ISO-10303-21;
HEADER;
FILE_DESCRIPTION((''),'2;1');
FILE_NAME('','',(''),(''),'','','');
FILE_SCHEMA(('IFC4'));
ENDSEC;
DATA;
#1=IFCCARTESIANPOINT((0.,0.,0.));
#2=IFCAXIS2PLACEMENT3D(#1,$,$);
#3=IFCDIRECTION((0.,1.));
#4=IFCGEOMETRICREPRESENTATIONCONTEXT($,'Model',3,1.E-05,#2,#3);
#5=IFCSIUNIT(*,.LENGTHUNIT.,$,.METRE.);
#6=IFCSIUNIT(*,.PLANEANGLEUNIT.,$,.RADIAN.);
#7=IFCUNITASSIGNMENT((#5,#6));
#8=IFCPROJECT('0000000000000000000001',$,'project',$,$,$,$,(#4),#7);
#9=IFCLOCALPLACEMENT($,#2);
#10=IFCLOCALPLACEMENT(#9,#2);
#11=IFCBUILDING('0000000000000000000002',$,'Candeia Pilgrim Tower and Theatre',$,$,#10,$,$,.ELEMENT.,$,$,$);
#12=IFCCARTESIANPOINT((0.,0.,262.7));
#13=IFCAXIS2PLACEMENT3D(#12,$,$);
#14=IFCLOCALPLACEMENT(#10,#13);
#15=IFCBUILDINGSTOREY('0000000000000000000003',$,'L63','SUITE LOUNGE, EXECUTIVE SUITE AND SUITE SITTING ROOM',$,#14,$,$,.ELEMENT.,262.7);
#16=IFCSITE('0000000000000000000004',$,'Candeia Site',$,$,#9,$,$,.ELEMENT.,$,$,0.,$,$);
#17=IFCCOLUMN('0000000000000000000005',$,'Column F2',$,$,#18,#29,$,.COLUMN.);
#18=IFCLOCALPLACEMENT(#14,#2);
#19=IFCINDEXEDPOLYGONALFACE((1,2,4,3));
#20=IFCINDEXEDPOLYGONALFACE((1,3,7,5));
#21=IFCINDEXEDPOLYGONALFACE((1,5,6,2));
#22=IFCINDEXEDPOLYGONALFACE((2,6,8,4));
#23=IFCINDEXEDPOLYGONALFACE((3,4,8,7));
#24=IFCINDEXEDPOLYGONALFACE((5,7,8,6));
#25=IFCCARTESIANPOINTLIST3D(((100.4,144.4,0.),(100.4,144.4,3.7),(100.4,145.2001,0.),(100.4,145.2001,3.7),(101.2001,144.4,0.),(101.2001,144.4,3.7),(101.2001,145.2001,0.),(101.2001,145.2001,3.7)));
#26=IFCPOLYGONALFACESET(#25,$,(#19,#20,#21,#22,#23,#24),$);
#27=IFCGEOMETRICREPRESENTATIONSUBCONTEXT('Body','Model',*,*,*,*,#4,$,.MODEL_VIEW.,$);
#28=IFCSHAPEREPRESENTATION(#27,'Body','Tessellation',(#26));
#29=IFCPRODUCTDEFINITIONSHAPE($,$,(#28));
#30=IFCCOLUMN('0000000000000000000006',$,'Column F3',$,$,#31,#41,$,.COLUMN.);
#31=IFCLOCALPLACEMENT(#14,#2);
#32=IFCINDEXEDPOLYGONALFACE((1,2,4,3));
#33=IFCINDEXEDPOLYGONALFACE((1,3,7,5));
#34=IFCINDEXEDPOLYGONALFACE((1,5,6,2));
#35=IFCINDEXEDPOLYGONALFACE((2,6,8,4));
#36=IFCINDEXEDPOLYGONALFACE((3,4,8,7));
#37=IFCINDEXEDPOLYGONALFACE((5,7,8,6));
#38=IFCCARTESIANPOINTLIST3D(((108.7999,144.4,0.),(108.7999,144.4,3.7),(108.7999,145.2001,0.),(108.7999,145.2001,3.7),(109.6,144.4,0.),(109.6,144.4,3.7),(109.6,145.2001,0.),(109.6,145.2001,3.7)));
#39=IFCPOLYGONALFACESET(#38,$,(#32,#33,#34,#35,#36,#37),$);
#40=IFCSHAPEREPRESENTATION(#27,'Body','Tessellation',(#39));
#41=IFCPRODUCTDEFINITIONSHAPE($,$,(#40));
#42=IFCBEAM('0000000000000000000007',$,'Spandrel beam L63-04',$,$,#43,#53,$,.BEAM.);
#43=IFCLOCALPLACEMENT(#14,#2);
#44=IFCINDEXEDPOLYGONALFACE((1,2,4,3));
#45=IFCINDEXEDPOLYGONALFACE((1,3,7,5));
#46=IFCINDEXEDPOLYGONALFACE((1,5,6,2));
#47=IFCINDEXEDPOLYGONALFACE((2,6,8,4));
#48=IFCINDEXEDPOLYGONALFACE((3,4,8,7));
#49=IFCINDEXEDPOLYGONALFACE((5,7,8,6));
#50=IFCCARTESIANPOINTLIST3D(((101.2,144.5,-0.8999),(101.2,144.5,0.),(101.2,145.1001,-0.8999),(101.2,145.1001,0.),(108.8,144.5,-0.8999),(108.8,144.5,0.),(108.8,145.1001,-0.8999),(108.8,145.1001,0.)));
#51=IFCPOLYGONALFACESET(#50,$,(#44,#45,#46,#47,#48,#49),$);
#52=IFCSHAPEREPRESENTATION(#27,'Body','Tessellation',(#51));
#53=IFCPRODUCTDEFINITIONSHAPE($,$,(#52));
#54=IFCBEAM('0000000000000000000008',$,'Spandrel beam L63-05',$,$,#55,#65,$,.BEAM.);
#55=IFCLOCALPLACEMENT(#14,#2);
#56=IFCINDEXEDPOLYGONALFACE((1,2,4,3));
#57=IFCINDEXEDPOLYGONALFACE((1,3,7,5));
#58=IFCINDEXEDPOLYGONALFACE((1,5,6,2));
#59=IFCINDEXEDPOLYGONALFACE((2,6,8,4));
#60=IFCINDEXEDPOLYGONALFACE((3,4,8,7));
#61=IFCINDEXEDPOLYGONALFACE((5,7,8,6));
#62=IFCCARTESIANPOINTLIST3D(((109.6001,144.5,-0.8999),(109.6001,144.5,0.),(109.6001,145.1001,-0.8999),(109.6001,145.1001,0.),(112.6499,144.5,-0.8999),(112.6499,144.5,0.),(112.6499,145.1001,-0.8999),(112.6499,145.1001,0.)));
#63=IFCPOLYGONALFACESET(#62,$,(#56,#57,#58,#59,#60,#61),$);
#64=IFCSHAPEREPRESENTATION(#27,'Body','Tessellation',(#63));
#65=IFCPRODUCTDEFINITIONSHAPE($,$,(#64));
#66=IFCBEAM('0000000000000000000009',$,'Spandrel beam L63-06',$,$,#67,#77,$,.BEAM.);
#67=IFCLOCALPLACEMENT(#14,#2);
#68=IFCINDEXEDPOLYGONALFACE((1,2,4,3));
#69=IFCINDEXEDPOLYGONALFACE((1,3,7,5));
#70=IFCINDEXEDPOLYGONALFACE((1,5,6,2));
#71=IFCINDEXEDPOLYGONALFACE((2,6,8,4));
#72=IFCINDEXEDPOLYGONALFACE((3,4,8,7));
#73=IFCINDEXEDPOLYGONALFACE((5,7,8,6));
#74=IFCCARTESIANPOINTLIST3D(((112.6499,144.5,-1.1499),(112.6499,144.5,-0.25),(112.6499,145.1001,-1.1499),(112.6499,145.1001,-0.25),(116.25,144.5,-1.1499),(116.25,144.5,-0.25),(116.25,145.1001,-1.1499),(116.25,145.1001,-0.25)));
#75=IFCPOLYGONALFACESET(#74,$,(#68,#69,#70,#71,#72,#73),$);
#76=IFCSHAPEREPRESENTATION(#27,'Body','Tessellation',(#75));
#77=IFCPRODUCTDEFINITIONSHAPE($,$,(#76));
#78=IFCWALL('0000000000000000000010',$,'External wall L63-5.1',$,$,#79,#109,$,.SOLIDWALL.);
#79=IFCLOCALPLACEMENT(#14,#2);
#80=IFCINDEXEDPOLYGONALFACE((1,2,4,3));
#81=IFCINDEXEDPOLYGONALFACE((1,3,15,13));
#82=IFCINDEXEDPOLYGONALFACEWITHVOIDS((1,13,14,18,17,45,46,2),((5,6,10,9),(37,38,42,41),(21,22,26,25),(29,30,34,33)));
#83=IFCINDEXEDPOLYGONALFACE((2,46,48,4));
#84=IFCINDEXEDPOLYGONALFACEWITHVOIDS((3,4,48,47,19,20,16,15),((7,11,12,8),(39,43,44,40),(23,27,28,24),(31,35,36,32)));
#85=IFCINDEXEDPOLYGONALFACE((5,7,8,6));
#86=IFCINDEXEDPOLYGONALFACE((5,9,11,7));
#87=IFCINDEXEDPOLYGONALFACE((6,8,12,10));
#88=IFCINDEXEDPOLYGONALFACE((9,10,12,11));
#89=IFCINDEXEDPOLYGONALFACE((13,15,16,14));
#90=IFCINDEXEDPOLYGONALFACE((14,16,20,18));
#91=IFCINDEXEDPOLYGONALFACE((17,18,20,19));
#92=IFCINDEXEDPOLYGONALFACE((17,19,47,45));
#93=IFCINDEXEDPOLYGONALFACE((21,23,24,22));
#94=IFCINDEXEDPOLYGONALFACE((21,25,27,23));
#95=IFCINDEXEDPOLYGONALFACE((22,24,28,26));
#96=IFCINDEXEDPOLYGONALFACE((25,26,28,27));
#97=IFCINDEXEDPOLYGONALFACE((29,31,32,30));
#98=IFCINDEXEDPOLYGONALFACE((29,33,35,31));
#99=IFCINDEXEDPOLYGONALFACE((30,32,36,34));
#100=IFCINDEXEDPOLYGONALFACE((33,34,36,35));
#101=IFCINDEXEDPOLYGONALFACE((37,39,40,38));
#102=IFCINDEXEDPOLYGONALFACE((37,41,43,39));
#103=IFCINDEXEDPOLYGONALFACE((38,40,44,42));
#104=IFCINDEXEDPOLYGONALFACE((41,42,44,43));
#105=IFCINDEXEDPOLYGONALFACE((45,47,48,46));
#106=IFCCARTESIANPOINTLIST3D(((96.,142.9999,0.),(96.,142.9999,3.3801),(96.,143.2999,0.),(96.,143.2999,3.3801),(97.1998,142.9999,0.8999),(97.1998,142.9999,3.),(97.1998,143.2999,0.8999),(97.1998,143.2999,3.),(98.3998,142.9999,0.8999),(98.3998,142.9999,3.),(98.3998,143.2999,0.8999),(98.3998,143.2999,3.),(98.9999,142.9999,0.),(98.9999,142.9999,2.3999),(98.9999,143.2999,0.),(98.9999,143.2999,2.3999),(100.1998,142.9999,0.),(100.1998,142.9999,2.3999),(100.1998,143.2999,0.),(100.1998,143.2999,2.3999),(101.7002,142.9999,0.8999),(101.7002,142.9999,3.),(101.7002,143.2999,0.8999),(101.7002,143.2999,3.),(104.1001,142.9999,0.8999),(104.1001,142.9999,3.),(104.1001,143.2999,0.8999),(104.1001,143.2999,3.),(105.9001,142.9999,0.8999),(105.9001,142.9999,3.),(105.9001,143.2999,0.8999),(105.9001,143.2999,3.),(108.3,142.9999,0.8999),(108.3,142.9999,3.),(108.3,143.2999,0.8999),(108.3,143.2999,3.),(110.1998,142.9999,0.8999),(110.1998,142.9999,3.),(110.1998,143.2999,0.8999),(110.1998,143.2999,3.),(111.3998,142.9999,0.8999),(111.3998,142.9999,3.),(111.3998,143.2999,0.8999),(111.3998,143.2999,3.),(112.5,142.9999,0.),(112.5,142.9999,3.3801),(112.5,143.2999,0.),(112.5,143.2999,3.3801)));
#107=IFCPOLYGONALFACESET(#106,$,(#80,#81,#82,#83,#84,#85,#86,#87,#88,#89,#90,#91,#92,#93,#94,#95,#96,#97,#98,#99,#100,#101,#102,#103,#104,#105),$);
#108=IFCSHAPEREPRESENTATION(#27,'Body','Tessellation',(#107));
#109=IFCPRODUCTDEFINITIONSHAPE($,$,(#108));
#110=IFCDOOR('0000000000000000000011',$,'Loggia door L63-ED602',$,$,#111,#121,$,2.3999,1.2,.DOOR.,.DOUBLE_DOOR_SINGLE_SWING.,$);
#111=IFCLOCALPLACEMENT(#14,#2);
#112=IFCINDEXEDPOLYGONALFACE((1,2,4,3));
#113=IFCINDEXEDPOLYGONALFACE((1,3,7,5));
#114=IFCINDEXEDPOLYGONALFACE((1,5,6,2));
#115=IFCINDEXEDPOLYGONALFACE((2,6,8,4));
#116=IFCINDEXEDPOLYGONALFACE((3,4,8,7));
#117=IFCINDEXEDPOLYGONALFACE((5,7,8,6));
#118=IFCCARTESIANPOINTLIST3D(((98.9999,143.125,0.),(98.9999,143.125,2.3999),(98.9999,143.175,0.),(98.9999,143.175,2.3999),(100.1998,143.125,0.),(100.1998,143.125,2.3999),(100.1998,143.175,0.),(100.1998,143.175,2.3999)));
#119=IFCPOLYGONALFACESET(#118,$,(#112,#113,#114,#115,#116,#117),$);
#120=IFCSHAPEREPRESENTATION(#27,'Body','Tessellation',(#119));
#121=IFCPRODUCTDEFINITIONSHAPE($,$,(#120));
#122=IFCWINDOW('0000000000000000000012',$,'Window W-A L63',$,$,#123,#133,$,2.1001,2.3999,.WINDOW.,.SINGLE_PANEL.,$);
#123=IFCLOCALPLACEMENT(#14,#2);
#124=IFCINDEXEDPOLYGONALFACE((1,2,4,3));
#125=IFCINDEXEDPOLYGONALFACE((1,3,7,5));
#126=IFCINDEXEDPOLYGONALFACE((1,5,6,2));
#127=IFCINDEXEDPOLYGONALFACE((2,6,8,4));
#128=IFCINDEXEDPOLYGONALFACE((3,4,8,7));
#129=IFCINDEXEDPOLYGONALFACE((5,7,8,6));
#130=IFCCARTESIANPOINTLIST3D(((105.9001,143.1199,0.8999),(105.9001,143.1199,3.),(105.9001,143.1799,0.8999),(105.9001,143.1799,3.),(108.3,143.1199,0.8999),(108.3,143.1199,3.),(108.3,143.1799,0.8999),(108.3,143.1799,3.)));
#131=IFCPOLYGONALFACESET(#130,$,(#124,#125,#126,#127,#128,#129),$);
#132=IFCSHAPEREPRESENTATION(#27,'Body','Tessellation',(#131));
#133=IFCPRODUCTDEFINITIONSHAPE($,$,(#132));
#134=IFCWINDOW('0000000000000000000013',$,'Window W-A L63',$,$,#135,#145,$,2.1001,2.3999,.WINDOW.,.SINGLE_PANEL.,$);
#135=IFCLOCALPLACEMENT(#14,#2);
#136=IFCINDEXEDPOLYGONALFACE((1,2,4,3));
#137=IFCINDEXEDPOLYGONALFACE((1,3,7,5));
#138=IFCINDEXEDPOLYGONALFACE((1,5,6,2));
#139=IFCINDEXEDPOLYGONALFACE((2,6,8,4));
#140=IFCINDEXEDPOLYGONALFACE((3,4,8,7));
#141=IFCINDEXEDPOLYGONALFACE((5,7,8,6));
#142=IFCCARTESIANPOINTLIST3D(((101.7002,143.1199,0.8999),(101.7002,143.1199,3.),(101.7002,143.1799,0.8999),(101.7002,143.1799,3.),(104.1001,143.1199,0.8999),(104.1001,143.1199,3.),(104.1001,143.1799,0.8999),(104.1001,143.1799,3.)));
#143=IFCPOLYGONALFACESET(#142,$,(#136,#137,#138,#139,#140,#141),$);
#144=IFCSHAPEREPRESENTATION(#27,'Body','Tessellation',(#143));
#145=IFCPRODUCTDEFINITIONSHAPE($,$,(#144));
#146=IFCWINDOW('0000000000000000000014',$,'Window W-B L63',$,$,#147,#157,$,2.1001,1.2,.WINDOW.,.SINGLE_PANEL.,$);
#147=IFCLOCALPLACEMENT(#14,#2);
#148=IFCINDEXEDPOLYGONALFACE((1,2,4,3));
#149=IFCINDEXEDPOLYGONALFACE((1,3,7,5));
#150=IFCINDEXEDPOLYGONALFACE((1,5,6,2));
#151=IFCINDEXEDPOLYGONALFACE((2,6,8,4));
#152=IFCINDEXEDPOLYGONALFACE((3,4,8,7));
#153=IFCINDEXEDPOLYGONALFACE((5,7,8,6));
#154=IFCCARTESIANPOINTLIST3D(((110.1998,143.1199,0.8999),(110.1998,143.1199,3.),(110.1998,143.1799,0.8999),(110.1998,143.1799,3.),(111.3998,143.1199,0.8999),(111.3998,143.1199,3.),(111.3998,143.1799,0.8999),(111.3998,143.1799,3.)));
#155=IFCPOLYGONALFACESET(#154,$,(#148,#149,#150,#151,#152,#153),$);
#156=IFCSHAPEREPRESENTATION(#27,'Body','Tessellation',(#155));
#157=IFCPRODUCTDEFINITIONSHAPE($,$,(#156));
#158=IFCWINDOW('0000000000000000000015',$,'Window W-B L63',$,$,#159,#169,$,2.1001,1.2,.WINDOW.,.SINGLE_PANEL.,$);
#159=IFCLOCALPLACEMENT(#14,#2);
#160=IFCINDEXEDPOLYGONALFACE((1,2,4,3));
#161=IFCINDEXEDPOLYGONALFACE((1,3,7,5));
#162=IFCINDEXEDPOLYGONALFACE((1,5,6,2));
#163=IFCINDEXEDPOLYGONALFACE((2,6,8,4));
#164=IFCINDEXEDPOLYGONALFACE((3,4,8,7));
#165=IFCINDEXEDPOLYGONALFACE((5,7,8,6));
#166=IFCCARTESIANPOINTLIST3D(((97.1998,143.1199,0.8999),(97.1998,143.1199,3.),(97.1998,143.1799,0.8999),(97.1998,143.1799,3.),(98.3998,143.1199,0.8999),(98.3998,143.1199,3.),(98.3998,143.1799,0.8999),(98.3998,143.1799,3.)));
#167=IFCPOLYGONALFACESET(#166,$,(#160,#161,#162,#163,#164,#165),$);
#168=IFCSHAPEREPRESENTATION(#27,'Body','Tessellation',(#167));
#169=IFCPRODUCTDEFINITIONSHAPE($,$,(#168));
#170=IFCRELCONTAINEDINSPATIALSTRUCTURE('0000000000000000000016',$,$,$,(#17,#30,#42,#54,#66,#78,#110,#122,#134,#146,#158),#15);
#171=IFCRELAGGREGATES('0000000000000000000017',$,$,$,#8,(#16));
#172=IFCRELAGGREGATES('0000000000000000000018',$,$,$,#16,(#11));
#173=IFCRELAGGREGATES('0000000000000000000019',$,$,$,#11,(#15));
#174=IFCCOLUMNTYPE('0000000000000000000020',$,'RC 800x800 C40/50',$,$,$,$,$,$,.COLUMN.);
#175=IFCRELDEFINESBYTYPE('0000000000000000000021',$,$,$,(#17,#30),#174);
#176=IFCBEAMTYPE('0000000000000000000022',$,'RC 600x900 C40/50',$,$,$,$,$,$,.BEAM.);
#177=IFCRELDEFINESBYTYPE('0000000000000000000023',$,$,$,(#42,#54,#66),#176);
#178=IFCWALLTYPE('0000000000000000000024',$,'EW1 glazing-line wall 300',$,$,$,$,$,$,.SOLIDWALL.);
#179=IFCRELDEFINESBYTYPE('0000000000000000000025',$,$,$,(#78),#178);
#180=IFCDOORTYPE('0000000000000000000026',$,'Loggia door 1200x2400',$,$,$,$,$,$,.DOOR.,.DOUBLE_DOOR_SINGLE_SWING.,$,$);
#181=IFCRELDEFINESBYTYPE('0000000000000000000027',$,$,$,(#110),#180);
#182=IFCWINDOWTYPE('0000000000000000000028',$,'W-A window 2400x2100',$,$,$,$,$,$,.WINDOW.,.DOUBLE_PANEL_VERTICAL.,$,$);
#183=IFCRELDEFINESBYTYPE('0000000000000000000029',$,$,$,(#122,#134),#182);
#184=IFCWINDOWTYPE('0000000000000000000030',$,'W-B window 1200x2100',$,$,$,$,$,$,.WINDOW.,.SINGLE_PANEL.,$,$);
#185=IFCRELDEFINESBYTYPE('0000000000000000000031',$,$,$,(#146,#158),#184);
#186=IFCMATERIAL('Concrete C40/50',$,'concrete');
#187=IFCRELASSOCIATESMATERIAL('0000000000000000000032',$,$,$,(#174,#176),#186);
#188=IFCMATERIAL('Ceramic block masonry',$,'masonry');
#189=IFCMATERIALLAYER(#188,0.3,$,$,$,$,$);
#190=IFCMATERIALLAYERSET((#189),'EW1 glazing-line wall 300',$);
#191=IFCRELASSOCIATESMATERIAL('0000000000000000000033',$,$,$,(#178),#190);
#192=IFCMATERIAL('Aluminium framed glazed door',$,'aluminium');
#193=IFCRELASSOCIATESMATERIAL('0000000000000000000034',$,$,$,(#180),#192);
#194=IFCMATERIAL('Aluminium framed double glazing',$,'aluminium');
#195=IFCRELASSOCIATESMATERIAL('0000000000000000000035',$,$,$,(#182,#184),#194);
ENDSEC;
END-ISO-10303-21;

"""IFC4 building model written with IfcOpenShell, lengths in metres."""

from ifc_helpers import new_model, si_unit, direction, frame, frame_2d, origin, origin_2d, place, context, subcontext, project, spatial, rectangle, extrude, material, layer, layer_set, material_profile, profile_set, type_object, element, fill, save


model = new_model("IFC4")

# Units and contexts
model_context = context("Model", 3, precision=1e-05, world=origin(), true_north=direction((0.0, 1.0)))
body_context = subcontext(model_context, "Body", "Model", "MODEL_VIEW")
ifc_project = project(units=[si_unit("LENGTHUNIT", "METRE"), si_unit("PLANEANGLEUNIT", "RADIAN")], contexts=[model_context])

# Site, building, storey
site_placement = place(None, origin())
site = spatial("IfcSite", under=ifc_project, at=site_placement, Name="Candeia Site", CompositionType="ELEMENT", RefElevation=0.0)
building_placement = place(site_placement, origin())
building = spatial("IfcBuilding", under=site, at=building_placement, Name="Candeia Pilgrim Tower and Theatre", CompositionType="ELEMENT")
storey_placement = place(building_placement, frame((0.0, 0.0, 262.7)))
storey = spatial("IfcBuildingStorey", under=building, at=storey_placement, Name="L63", Description="SUITE LOUNGE, EXECUTIVE SUITE AND SUITE SITTING ROOM", CompositionType="ELEMENT", Elevation=262.7)

# Columns
ifc_material_1 = material(Name="Concrete C40/50", Category="concrete")
ifc_material_profile_1 = material_profile(ifc_material_1, rectangle(XDim=0.8, YDim=0.8, at=origin_2d()))
ifc_profile_set_1 = profile_set([ifc_material_profile_1], Name="Concrete C40/50")
column_type = type_object("IfcColumnType", Name="RC 800x800 C40/50", PredefinedType="COLUMN", material=ifc_profile_set_1)
for number, where, z_axis, x_axis, name in (
    (1, (100.8, 144.8, 0.0), (0.0, 0.0, 1.0), (1.0, 0.0, 0.0), "Column F2"),
    (2, (109.2, 144.8, 0.0), (0.0, 0.0, 1.0), (1.0, 0.0, 0.0), "Column F3"),
):
    element("IfcColumn", number, at=place(storey_placement, frame(where, z_axis=z_axis, x_axis=x_axis)), inside=storey, type_object=column_type, Name=name, PredefinedType="COLUMN", context=body_context, shape_type="SweptSolid", body=[
        extrude(rectangle(XDim=0.8, YDim=0.8, at=origin_2d()), origin(), (0.0, 0.0, 1.0), 3.7),
    ])

# Beams
ifc_material_profile_2 = material_profile(ifc_material_1, rectangle(XDim=0.6001, YDim=0.8999, at=origin_2d()))
ifc_profile_set_2 = profile_set([ifc_material_profile_2], Name="Concrete C40/50")
beam_type = type_object("IfcBeamType", Name="RC 600x900 C40/50", PredefinedType="BEAM", material=ifc_profile_set_2)
beam_1_placement = place(storey_placement, frame((101.2, 144.8, -0.45), z_axis=(1.0, 0.0, 0.0), x_axis=(0.0, 1.0, 0.0)))
element("IfcBeam", 3, at=beam_1_placement, inside=storey, type_object=beam_type, Name="Spandrel beam L63-04", PredefinedType="BEAM", context=body_context, shape_type="SweptSolid", body=[
    extrude(rectangle(XDim=0.6001, YDim=0.8999, at=origin_2d()), origin(), (0.0, 0.0, 1.0), 7.6001),
])
beam_2_placement = place(storey_placement, frame((109.6001, 144.8, -0.45), z_axis=(1.0, 0.0, 0.0), x_axis=(0.0, 1.0, 0.0)))
element("IfcBeam", 4, at=beam_2_placement, inside=storey, type_object=beam_type, Name="Spandrel beam L63-05", PredefinedType="BEAM", context=body_context, shape_type="SweptSolid", body=[
    extrude(rectangle(XDim=0.6001, YDim=0.8999, at=origin_2d()), origin(), (0.0, 0.0, 1.0), 3.0498),
])
beam_3_placement = place(storey_placement, frame((112.6499, 144.8, -0.7), z_axis=(1.0, 0.0, 0.0), x_axis=(0.0, 1.0, 0.0)))
element("IfcBeam", 5, at=beam_3_placement, inside=storey, type_object=beam_type, Name="Spandrel beam L63-06", PredefinedType="BEAM", context=body_context, shape_type="SweptSolid", body=[
    extrude(rectangle(XDim=0.6001, YDim=0.8999, at=origin_2d()), origin(), (0.0, 0.0, 1.0), 3.6001),
])

# Wall, openings, door, windows
ifc_material_2 = material(Name="Ceramic block masonry", Category="masonry")
ifc_layer_1 = layer(ifc_material_2, 0.3)
ifc_layer_set_1 = layer_set([ifc_layer_1], Name="EW1 glazing-line wall 300")
wall_type_1 = type_object("IfcWallType", Name="EW1 glazing-line wall 300", PredefinedType="SOLIDWALL", material=ifc_layer_set_1)
wall_1_placement = place(storey_placement, frame((112.5, 143.1499, 0.0), z_axis=(0.0, 0.0, 1.0), x_axis=(-1.0, 0.0, 0.0)))
wall_1 = element("IfcWall", 6, at=wall_1_placement, inside=storey, type_object=wall_type_1, Name="External wall L63-5.1", PredefinedType="SOLIDWALL", context=body_context, shape_type="SweptSolid", body=[
    extrude(rectangle(XDim=16.5, YDim=0.3, at=frame_2d((8.25, 0.0))), origin(), (0.0, 0.0, 1.0), 3.3801),
])
opening_1_placement = place(wall_1_placement, frame((1.1001, 0.0, 0.8999)))
opening_1 = element("IfcOpeningElement", 7, at=opening_1_placement, cuts=wall_1, PredefinedType="OPENING", context=body_context, shape_type="SweptSolid", body=[
    extrude(rectangle(XDim=1.2, YDim=2.1001, at=frame_2d((0.6001, 1.05))), frame((0.0, 0.1602, 0.0), z_axis=(0.0, -1.0, 0.0), x_axis=(1.0, 0.0, 0.0)), (0.0, 0.0, 1.0), 0.3201),
])
opening_2_placement = place(wall_1_placement, frame((4.2, 0.0, 0.8999)))
opening_2 = element("IfcOpeningElement", 8, at=opening_2_placement, cuts=wall_1, PredefinedType="OPENING", context=body_context, shape_type="SweptSolid", body=[
    extrude(rectangle(XDim=2.3999, YDim=2.1001, at=frame_2d((1.2, 1.05))), frame((0.0, 0.1602, 0.0), z_axis=(0.0, -1.0, 0.0), x_axis=(1.0, 0.0, 0.0)), (0.0, 0.0, 1.0), 0.3201),
])
opening_3_placement = place(wall_1_placement, frame((8.3999, 0.0, 0.8999)))
opening_3 = element("IfcOpeningElement", 9, at=opening_3_placement, cuts=wall_1, PredefinedType="OPENING", context=body_context, shape_type="SweptSolid", body=[
    extrude(rectangle(XDim=2.3999, YDim=2.1001, at=frame_2d((1.2, 1.05))), frame((0.0, 0.1602, 0.0), z_axis=(0.0, -1.0, 0.0), x_axis=(1.0, 0.0, 0.0)), (0.0, 0.0, 1.0), 0.3201),
])
opening_4_placement = place(wall_1_placement, frame((12.3, 0.0, 0.0)))
opening_4 = element("IfcOpeningElement", 10, at=opening_4_placement, cuts=wall_1, PredefinedType="OPENING", context=body_context, shape_type="SweptSolid", body=[
    extrude(rectangle(XDim=1.2, YDim=2.3999, at=frame_2d((0.6001, 1.2))), frame((0.0, 0.1602, 0.0), z_axis=(0.0, -1.0, 0.0), x_axis=(1.0, 0.0, 0.0)), (0.0, 0.0, 1.0), 0.3201),
])
opening_5_placement = place(wall_1_placement, frame((14.1001, 0.0, 0.8999)))
opening_5 = element("IfcOpeningElement", 11, at=opening_5_placement, cuts=wall_1, PredefinedType="OPENING", context=body_context, shape_type="SweptSolid", body=[
    extrude(rectangle(XDim=1.2, YDim=2.1001, at=frame_2d((0.6001, 1.05))), frame((0.0, 0.1602, 0.0), z_axis=(0.0, -1.0, 0.0), x_axis=(1.0, 0.0, 0.0)), (0.0, 0.0, 1.0), 0.3201),
])
ifc_material_3 = material(Name="Aluminium framed glazed door", Category="aluminium")
door_type = type_object("IfcDoorType", Name="Loggia door 1200x2400", OperationType="DOUBLE_DOOR_SINGLE_SWING", PredefinedType="DOOR", material=ifc_material_3)
door_placement = place(opening_4_placement, origin())
door = element("IfcDoor", 12, at=door_placement, inside=storey, type_object=door_type, Name="Loggia door L63-ED602", OperationType="DOUBLE_DOOR_SINGLE_SWING", OverallHeight=2.3999, OverallWidth=1.2, PredefinedType="DOOR", context=body_context, shape_type="SweptSolid", body=[
    extrude(rectangle(XDim=1.2, YDim=2.3999, at=frame_2d((0.6001, 1.2))), frame((0.0, 0.0249, 0.0), z_axis=(0.0, -1.0, 0.0), x_axis=(1.0, 0.0, 0.0)), (0.0, 0.0, 1.0), 0.05),
])
fill(opening_4, door)
ifc_material_4 = material(Name="Aluminium framed double glazing", Category="aluminium")
window_type_1 = type_object("IfcWindowType", Name="W-A window 2400x2100", PartitioningType="DOUBLE_PANEL_VERTICAL", PredefinedType="WINDOW", material=ifc_material_4)
window_1_placement = place(opening_2_placement, origin())
window_1 = element("IfcWindow", 13, at=window_1_placement, inside=storey, type_object=window_type_1, Name="Window W-A L63", OverallHeight=2.1001, OverallWidth=2.3999, PartitioningType="SINGLE_PANEL", PredefinedType="WINDOW", context=body_context, shape_type="SweptSolid", body=[
    extrude(rectangle(XDim=2.3999, YDim=2.1001, at=frame_2d((1.2, 1.05))), frame((0.0, 0.03, 0.0), z_axis=(0.0, -1.0, 0.0), x_axis=(1.0, 0.0, 0.0)), (0.0, 0.0, 1.0), 0.0601),
])
fill(opening_2, window_1)
window_2_placement = place(opening_3_placement, origin())
window_2 = element("IfcWindow", 14, at=window_2_placement, inside=storey, type_object=window_type_1, Name="Window W-A L63", OverallHeight=2.1001, OverallWidth=2.3999, PartitioningType="SINGLE_PANEL", PredefinedType="WINDOW", context=body_context, shape_type="SweptSolid", body=[
    extrude(rectangle(XDim=2.3999, YDim=2.1001, at=frame_2d((1.2, 1.05))), frame((0.0, 0.03, 0.0), z_axis=(0.0, -1.0, 0.0), x_axis=(1.0, 0.0, 0.0)), (0.0, 0.0, 1.0), 0.0601),
])
fill(opening_3, window_2)
window_type_2 = type_object("IfcWindowType", Name="W-B window 1200x2100", PartitioningType="SINGLE_PANEL", PredefinedType="WINDOW", material=ifc_material_4)
window_3_placement = place(opening_1_placement, origin())
window_3 = element("IfcWindow", 15, at=window_3_placement, inside=storey, type_object=window_type_2, Name="Window W-B L63", OverallHeight=2.1001, OverallWidth=1.2, PartitioningType="SINGLE_PANEL", PredefinedType="WINDOW", context=body_context, shape_type="SweptSolid", body=[
    extrude(rectangle(XDim=1.2, YDim=2.1001, at=frame_2d((0.6001, 1.05))), frame((0.0, 0.03, 0.0), z_axis=(0.0, -1.0, 0.0), x_axis=(1.0, 0.0, 0.0)), (0.0, 0.0, 1.0), 0.0601),
])
fill(opening_1, window_3)
window_4_placement = place(opening_5_placement, origin())
window_4 = element("IfcWindow", 16, at=window_4_placement, inside=storey, type_object=window_type_2, Name="Window W-B L63", OverallHeight=2.1001, OverallWidth=1.2, PartitioningType="SINGLE_PANEL", PredefinedType="WINDOW", context=body_context, shape_type="SweptSolid", body=[
    extrude(rectangle(XDim=1.2, YDim=2.1001, at=frame_2d((0.6001, 1.05))), frame((0.0, 0.03, 0.0), z_axis=(0.0, -1.0, 0.0), x_axis=(1.0, 0.0, 0.0)), (0.0, 0.0, 1.0), 0.0601),
])
fill(opening_5, window_4)

save(model, "model.ifc")
